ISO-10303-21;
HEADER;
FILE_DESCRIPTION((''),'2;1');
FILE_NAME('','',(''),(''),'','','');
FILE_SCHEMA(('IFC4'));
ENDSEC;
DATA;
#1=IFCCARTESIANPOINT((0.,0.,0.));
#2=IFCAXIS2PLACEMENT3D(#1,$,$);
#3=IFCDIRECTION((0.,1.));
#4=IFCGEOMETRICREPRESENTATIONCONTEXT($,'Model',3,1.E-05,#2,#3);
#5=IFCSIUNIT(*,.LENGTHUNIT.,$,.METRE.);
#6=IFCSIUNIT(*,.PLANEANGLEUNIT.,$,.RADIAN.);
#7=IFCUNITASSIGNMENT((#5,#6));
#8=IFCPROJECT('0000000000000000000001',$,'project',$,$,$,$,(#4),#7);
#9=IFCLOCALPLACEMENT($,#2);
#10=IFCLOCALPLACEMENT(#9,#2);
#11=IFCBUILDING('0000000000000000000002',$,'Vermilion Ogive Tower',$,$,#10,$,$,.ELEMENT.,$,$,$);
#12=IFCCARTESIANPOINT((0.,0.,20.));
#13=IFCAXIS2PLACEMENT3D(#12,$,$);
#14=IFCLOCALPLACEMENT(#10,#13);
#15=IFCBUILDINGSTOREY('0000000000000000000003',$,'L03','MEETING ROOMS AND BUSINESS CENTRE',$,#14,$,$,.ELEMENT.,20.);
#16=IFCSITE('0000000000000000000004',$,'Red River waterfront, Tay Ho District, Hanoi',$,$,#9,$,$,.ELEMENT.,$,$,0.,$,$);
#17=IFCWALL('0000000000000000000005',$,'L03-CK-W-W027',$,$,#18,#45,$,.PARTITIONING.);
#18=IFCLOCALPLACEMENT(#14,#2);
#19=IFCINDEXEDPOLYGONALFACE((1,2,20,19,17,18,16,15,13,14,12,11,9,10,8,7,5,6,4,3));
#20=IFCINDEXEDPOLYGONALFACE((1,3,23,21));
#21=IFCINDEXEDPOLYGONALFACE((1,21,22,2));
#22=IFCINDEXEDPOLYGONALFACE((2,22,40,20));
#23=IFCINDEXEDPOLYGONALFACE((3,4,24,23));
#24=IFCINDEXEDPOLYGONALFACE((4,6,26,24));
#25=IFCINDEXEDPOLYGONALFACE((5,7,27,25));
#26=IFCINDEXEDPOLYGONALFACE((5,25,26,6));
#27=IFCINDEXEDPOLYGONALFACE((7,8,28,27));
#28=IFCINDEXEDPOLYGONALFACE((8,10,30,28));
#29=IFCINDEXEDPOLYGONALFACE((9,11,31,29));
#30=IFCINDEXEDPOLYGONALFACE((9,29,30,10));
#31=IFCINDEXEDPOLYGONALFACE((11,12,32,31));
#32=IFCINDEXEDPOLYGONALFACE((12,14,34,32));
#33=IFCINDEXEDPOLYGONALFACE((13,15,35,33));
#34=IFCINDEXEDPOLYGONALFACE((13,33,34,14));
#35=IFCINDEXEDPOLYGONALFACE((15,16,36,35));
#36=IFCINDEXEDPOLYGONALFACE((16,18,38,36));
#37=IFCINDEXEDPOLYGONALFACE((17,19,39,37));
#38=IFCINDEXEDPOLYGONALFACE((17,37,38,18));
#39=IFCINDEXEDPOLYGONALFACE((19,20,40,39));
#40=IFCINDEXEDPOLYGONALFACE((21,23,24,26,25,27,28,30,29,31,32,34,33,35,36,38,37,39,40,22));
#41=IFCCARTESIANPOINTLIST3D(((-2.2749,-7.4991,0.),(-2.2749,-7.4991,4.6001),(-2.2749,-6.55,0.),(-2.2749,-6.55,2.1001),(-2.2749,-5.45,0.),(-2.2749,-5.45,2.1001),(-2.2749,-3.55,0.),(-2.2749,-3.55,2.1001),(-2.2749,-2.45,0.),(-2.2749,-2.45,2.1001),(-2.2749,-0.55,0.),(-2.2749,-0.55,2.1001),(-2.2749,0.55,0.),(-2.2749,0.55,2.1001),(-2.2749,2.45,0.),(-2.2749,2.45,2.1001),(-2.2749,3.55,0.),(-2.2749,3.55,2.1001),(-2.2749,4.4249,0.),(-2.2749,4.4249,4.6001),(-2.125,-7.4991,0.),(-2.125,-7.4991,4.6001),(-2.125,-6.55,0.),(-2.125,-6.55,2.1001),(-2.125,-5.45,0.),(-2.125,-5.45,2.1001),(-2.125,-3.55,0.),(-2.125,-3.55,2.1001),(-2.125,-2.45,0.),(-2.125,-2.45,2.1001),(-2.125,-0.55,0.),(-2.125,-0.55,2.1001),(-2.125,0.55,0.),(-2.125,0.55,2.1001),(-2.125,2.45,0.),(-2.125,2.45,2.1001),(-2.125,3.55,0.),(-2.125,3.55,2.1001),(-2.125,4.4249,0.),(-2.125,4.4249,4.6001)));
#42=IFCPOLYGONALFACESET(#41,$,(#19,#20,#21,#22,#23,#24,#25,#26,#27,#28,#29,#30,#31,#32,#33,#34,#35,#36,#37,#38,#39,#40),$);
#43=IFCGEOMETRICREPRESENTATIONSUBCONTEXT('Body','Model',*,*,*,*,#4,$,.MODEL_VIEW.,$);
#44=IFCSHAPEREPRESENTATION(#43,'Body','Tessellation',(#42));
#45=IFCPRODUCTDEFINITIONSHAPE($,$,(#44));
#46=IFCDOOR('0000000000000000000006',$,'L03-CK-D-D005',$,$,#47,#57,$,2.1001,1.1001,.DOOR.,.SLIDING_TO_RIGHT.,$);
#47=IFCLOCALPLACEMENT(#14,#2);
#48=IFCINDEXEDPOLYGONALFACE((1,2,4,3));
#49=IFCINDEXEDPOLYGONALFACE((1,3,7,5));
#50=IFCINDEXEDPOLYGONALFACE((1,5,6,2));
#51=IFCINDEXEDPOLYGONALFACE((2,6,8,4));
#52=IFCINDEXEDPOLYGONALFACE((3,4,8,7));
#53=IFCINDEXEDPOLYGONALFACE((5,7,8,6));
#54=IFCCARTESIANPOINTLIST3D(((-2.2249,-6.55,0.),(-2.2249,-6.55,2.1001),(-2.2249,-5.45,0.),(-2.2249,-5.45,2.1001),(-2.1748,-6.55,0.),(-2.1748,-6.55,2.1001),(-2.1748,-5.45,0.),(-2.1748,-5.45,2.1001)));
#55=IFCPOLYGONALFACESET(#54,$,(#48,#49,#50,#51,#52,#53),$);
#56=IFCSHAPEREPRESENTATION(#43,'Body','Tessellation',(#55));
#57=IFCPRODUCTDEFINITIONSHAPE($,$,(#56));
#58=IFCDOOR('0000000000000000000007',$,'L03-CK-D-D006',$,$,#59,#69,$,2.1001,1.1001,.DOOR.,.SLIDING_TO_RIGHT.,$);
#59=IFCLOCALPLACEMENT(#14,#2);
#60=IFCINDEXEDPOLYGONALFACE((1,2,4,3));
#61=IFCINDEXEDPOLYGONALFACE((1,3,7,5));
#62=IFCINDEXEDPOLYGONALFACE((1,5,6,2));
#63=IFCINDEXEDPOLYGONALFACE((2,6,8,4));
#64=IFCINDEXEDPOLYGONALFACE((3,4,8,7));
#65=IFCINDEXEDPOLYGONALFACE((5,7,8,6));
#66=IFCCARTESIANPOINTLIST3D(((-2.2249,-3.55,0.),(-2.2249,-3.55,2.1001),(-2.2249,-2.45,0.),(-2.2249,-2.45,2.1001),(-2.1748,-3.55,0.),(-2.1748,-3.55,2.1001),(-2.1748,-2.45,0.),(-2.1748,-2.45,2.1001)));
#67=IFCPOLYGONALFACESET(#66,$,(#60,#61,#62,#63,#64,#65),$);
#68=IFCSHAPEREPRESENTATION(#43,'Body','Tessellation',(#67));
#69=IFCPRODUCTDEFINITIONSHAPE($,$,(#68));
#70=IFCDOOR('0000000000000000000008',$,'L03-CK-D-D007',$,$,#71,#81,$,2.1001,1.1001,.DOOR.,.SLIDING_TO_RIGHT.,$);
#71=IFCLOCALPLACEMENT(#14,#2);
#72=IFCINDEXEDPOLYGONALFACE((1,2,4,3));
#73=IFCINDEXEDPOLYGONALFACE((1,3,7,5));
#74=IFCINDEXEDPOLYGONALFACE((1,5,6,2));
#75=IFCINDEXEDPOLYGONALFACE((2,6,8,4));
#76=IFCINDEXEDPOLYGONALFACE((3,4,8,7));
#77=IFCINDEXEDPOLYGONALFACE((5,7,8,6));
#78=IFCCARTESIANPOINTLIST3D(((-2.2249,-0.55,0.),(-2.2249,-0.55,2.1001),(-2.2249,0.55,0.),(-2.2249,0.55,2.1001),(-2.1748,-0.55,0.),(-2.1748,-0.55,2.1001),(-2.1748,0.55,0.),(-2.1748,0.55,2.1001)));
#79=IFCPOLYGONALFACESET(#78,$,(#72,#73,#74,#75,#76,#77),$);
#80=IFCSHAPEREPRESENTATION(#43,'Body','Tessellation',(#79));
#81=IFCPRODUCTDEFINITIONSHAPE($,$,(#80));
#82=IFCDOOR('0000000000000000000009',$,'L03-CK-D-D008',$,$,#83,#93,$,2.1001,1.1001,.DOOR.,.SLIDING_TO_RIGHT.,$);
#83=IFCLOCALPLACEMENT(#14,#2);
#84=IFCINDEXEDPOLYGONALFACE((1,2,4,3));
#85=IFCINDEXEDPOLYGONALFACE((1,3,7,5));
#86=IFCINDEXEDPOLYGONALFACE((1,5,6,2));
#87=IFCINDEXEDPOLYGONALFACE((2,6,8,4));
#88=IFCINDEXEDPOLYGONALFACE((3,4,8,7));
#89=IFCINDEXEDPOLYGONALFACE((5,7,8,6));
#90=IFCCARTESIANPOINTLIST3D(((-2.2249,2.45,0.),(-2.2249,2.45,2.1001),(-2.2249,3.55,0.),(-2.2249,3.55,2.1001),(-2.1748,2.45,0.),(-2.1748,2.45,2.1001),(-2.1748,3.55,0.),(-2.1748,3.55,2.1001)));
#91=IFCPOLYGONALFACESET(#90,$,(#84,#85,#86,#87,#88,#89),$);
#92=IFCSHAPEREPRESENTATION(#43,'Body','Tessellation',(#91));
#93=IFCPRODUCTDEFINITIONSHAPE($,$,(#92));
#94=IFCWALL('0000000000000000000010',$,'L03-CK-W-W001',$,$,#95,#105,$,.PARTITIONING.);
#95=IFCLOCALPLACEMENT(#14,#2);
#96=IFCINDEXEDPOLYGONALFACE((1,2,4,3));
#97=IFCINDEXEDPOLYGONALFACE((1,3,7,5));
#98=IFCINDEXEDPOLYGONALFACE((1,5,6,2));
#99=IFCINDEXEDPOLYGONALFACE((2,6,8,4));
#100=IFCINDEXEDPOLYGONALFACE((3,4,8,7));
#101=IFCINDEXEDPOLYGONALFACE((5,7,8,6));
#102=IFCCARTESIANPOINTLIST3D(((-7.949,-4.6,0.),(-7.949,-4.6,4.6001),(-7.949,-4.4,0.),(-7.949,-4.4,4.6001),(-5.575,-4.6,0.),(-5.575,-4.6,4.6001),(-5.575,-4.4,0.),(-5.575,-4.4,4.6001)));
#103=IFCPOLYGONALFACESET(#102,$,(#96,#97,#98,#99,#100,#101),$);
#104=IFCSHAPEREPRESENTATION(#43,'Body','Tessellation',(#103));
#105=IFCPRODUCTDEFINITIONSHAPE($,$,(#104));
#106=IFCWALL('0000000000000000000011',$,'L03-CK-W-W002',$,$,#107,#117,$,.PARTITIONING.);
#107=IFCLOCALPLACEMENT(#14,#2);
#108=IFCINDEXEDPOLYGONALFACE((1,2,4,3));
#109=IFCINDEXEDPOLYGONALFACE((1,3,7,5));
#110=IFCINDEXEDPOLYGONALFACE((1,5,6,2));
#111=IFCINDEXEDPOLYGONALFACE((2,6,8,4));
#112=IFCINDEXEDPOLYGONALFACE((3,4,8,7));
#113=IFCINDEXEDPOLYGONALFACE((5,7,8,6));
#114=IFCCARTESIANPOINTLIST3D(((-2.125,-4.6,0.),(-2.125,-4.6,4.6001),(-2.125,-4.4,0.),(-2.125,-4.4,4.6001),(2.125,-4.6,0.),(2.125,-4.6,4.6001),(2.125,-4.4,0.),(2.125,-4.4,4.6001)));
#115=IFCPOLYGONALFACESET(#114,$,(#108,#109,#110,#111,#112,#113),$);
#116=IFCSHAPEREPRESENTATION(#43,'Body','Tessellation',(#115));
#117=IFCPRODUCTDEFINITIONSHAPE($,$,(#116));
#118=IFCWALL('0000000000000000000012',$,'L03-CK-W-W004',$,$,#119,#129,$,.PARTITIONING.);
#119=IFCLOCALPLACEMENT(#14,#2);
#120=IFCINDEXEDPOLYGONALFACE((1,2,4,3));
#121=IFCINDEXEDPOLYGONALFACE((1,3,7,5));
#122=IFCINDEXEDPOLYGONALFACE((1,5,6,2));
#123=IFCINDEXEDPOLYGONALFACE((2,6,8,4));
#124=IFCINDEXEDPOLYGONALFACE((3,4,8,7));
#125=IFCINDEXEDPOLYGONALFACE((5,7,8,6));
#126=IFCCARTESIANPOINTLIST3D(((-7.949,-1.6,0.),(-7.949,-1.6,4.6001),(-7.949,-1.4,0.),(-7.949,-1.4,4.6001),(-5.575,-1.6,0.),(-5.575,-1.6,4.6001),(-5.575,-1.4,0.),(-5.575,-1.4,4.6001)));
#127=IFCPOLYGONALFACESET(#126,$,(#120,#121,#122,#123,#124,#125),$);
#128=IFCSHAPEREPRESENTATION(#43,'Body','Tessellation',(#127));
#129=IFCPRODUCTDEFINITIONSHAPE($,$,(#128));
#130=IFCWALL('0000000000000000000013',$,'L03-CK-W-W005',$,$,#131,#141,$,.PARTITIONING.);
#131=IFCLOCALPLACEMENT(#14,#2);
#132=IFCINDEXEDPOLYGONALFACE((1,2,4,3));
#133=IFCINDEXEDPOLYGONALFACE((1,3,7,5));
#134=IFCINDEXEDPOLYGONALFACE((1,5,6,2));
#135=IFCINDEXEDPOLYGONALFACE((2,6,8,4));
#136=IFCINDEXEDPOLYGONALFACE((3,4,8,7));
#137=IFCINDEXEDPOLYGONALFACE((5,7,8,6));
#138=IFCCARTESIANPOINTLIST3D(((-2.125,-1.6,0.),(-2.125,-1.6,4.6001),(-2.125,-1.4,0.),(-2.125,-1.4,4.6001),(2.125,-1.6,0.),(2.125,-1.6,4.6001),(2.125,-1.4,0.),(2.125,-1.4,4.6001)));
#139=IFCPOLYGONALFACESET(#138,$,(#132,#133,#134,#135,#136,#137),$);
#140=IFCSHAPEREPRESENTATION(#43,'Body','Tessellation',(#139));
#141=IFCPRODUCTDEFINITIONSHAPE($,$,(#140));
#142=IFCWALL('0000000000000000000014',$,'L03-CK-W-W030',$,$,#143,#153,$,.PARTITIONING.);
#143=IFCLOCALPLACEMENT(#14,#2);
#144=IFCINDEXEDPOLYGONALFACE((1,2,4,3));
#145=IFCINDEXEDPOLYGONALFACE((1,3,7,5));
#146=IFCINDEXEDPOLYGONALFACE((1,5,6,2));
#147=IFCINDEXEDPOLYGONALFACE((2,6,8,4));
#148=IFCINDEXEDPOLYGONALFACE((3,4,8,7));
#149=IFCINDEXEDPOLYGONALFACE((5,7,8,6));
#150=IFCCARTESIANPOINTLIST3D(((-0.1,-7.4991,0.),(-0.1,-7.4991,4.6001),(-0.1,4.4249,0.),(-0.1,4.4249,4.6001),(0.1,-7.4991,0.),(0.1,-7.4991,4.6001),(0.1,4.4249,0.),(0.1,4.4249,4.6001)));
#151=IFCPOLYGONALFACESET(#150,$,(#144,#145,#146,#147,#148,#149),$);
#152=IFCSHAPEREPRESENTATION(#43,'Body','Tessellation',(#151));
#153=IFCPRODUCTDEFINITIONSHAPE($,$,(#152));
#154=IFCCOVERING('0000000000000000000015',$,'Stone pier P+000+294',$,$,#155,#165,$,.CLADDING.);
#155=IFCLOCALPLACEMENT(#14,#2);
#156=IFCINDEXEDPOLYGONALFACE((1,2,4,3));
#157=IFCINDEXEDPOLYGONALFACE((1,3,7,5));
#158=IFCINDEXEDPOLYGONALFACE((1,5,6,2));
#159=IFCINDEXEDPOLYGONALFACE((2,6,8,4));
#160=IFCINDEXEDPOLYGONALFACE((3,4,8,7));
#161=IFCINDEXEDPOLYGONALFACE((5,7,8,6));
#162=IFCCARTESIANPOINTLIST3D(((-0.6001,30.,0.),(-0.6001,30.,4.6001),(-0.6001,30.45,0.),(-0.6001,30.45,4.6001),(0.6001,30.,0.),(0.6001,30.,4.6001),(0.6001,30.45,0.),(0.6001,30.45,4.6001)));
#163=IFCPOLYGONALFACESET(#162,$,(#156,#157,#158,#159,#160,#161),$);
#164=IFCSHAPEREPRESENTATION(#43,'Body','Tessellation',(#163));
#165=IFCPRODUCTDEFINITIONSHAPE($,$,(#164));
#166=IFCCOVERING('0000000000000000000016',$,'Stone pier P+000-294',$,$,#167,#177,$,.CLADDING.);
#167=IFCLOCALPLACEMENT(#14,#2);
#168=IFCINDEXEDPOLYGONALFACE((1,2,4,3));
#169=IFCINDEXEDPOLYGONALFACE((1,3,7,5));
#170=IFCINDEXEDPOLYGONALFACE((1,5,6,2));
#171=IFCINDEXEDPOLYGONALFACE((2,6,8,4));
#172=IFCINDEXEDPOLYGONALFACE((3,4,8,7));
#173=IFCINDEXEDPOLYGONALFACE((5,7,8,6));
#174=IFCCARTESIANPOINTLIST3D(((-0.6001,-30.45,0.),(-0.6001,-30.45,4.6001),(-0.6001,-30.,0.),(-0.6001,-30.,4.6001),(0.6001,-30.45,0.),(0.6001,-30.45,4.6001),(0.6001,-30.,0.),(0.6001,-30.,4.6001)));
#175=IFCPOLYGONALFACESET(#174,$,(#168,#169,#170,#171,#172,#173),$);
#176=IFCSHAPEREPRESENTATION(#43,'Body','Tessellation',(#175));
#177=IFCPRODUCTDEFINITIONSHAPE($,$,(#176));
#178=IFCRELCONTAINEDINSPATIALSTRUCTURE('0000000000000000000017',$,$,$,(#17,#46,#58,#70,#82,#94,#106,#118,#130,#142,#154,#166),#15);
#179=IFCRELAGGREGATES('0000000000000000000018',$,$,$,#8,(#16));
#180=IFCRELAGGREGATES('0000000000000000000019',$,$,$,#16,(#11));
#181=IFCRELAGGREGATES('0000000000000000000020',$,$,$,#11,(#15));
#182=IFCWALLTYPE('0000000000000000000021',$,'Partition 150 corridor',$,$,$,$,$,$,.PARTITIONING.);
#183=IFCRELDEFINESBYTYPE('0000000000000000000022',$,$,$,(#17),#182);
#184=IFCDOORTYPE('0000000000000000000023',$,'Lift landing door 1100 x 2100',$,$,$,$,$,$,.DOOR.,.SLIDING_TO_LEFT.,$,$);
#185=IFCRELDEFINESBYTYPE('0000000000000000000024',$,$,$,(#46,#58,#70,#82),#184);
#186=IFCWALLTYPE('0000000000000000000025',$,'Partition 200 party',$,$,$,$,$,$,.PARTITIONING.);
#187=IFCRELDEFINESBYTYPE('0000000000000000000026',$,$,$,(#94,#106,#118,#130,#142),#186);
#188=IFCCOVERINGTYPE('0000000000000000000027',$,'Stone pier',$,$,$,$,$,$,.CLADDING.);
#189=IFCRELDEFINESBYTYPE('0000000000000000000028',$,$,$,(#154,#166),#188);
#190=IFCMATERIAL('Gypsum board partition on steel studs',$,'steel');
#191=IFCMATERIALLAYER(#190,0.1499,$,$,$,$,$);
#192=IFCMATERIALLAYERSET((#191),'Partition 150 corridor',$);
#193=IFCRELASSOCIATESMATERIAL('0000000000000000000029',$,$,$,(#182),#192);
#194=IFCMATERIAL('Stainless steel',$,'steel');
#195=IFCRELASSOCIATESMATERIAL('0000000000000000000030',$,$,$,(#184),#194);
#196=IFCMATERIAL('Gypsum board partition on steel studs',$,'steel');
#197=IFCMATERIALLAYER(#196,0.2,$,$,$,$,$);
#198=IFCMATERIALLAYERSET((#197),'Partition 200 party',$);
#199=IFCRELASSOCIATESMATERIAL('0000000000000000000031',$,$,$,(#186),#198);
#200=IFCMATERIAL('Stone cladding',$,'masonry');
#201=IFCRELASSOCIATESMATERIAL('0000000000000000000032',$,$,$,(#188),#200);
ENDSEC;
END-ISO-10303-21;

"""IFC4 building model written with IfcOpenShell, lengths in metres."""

from ifc_helpers import new_model, si_unit, direction, frame, frame_2d, origin, place, context, subcontext, project, spatial, polyline, rectangle, outline, extrude, material, layer, layer_set, type_object, element, fill, save


model = new_model("IFC4")

# Units and contexts
model_context = context("Model", 3, precision=1e-05, world=origin(), true_north=direction((0.0, 1.0)))
body_context = subcontext(model_context, "Body", "Model", "MODEL_VIEW")
ifc_project = project(units=[si_unit("LENGTHUNIT", "METRE"), si_unit("PLANEANGLEUNIT", "RADIAN")], contexts=[model_context])

# Site, building, storey
site_placement = place(None, origin())
site = spatial("IfcSite", under=ifc_project, at=site_placement, Name="Red River waterfront, Tay Ho District, Hanoi", CompositionType="ELEMENT", RefElevation=0.0)
building_placement = place(site_placement, origin())
building = spatial("IfcBuilding", under=site, at=building_placement, Name="Vermilion Ogive Tower", CompositionType="ELEMENT")
storey_placement = place(building_placement, frame((0.0, 0.0, 20.0)))
storey = spatial("IfcBuildingStorey", under=building, at=storey_placement, Name="L03", Description="MEETING ROOMS AND BUSINESS CENTRE", CompositionType="ELEMENT", Elevation=20.0)

# Shared definitions
ifc_material_1 = material(Name="Gypsum board partition on steel studs", Category="steel")
ifc_layer_1 = layer(ifc_material_1, 0.1499)
ifc_layer_set_1 = layer_set([ifc_layer_1], Name="Partition 150 corridor")
wall_type_1 = type_object("IfcWallType", Name="Partition 150 corridor", PredefinedType="PARTITIONING", material=ifc_layer_set_1)

# Wall, openings, doors
ifc_material_2 = material(Name="Stainless steel", Category="steel")
door_type_1 = type_object("IfcDoorType", Name="Lift landing door 1100 x 2100", OperationType="SLIDING_TO_LEFT", PredefinedType="DOOR", material=ifc_material_2)
wall_1_placement = place(storey_placement, frame((-2.2, -7.499, 0.0), z_axis=(0.0, 0.0, 1.0), x_axis=(0.0, 1.0, 0.0)))
wall_1 = element("IfcWall", 1, at=wall_1_placement, inside=storey, type_object=wall_type_1, Name="L03-CK-W-W027", PredefinedType="PARTITIONING", context=body_context, shape_type="SweptSolid", body=[
    extrude(rectangle(XDim=11.9241, YDim=0.1499, at=frame_2d((5.9619, 0.0))), origin(), (0.0, 0.0, 1.0), 4.6001),
])
opening_1_placement = place(wall_1_placement, frame((0.949, 0.0, 0.0)))
opening_1 = element("IfcOpeningElement", 2, at=opening_1_placement, cuts=wall_1, PredefinedType="OPENING", context=body_context, shape_type="SweptSolid", body=[
    extrude(rectangle(XDim=1.1001, YDim=2.1001, at=frame_2d((0.55, 1.05))), frame((0.0, 0.085, 0.0), z_axis=(0.0, -1.0, 0.0), x_axis=(1.0, 0.0, 0.0)), (0.0, 0.0, 1.0), 0.1699),
])
opening_2_placement = place(wall_1_placement, frame((3.949, 0.0, 0.0)))
opening_2 = element("IfcOpeningElement", 3, at=opening_2_placement, cuts=wall_1, PredefinedType="OPENING", context=body_context, shape_type="SweptSolid", body=[
    extrude(rectangle(XDim=1.1001, YDim=2.1001, at=frame_2d((0.55, 1.05))), frame((0.0, 0.085, 0.0), z_axis=(0.0, -1.0, 0.0), x_axis=(1.0, 0.0, 0.0)), (0.0, 0.0, 1.0), 0.1699),
])
opening_3_placement = place(wall_1_placement, frame((6.949, 0.0, 0.0)))
opening_3 = element("IfcOpeningElement", 4, at=opening_3_placement, cuts=wall_1, PredefinedType="OPENING", context=body_context, shape_type="SweptSolid", body=[
    extrude(rectangle(XDim=1.1001, YDim=2.1001, at=frame_2d((0.55, 1.05))), frame((0.0, 0.085, 0.0), z_axis=(0.0, -1.0, 0.0), x_axis=(1.0, 0.0, 0.0)), (0.0, 0.0, 1.0), 0.1699),
])
opening_4_placement = place(wall_1_placement, frame((9.949, 0.0, 0.0)))
opening_4 = element("IfcOpeningElement", 5, at=opening_4_placement, cuts=wall_1, PredefinedType="OPENING", context=body_context, shape_type="SweptSolid", body=[
    extrude(rectangle(XDim=1.1001, YDim=2.1001, at=frame_2d((0.55, 1.05))), frame((0.0, 0.085, 0.0), z_axis=(0.0, -1.0, 0.0), x_axis=(1.0, 0.0, 0.0)), (0.0, 0.0, 1.0), 0.1699),
])
door_1_placement = place(opening_1_placement, origin())
door_1 = element("IfcDoor", 6, at=door_1_placement, inside=storey, type_object=door_type_1, Name="L03-CK-D-D005", OperationType="SLIDING_TO_RIGHT", OverallHeight=2.1001, OverallWidth=1.1001, PredefinedType="DOOR", context=body_context, shape_type="SweptSolid", body=[
    extrude(rectangle(XDim=1.1001, YDim=2.1001, at=frame_2d((0.55, 1.05))), frame((0.0, 0.0249, 0.0), z_axis=(0.0, -1.0, 0.0), x_axis=(1.0, 0.0, 0.0)), (0.0, 0.0, 1.0), 0.05),
])
fill(opening_1, door_1)
door_2_placement = place(opening_2_placement, origin())
door_2 = element("IfcDoor", 7, at=door_2_placement, inside=storey, type_object=door_type_1, Name="L03-CK-D-D006", OperationType="SLIDING_TO_RIGHT", OverallHeight=2.1001, OverallWidth=1.1001, PredefinedType="DOOR", context=body_context, shape_type="SweptSolid", body=[
    extrude(rectangle(XDim=1.1001, YDim=2.1001, at=frame_2d((0.55, 1.05))), frame((0.0, 0.0249, 0.0), z_axis=(0.0, -1.0, 0.0), x_axis=(1.0, 0.0, 0.0)), (0.0, 0.0, 1.0), 0.05),
])
fill(opening_2, door_2)
door_3_placement = place(opening_3_placement, origin())
door_3 = element("IfcDoor", 8, at=door_3_placement, inside=storey, type_object=door_type_1, Name="L03-CK-D-D007", OperationType="SLIDING_TO_RIGHT", OverallHeight=2.1001, OverallWidth=1.1001, PredefinedType="DOOR", context=body_context, shape_type="SweptSolid", body=[
    extrude(rectangle(XDim=1.1001, YDim=2.1001, at=frame_2d((0.55, 1.05))), frame((0.0, 0.0249, 0.0), z_axis=(0.0, -1.0, 0.0), x_axis=(1.0, 0.0, 0.0)), (0.0, 0.0, 1.0), 0.05),
])
fill(opening_3, door_3)
door_4_placement = place(opening_4_placement, origin())
door_4 = element("IfcDoor", 9, at=door_4_placement, inside=storey, type_object=door_type_1, Name="L03-CK-D-D008", OperationType="SLIDING_TO_RIGHT", OverallHeight=2.1001, OverallWidth=1.1001, PredefinedType="DOOR", context=body_context, shape_type="SweptSolid", body=[
    extrude(rectangle(XDim=1.1001, YDim=2.1001, at=frame_2d((0.55, 1.05))), frame((0.0, 0.0249, 0.0), z_axis=(0.0, -1.0, 0.0), x_axis=(1.0, 0.0, 0.0)), (0.0, 0.0, 1.0), 0.05),
])
fill(opening_4, door_4)

# Walls
ifc_material_3 = material(Name="Gypsum board partition on steel studs", Category="steel")
ifc_layer_2 = layer(ifc_material_3, 0.2)
ifc_layer_set_2 = layer_set([ifc_layer_2], Name="Partition 200 party")
wall_type_2 = type_object("IfcWallType", Name="Partition 200 party", PredefinedType="PARTITIONING", material=ifc_layer_set_2)
wall_2_placement = place(storey_placement, frame((-7.949, -4.5, 0.0), z_axis=(0.0, 0.0, 1.0), x_axis=(1.0, 0.0, 0.0)))
element("IfcWall", 10, at=wall_2_placement, inside=storey, type_object=wall_type_2, Name="L03-CK-W-W001", PredefinedType="PARTITIONING", context=body_context, shape_type="SweptSolid", body=[
    extrude(rectangle(XDim=2.374, YDim=0.2, at=frame_2d((1.187, 0.0))), origin(), (0.0, 0.0, 1.0), 4.6001),
])
wall_3_placement = place(storey_placement, frame((-2.125, -4.5, 0.0), z_axis=(0.0, 0.0, 1.0), x_axis=(1.0, 0.0, 0.0)))
element("IfcWall", 11, at=wall_3_placement, inside=storey, type_object=wall_type_2, Name="L03-CK-W-W002", PredefinedType="PARTITIONING", context=body_context, shape_type="SweptSolid", body=[
    extrude(rectangle(XDim=4.25, YDim=0.2, at=frame_2d((2.125, 0.0))), origin(), (0.0, 0.0, 1.0), 4.6001),
])
wall_4_placement = place(storey_placement, frame((-7.949, -1.5, 0.0), z_axis=(0.0, 0.0, 1.0), x_axis=(1.0, 0.0, 0.0)))
element("IfcWall", 12, at=wall_4_placement, inside=storey, type_object=wall_type_2, Name="L03-CK-W-W004", PredefinedType="PARTITIONING", context=body_context, shape_type="SweptSolid", body=[
    extrude(rectangle(XDim=2.374, YDim=0.2, at=frame_2d((1.187, 0.0))), origin(), (0.0, 0.0, 1.0), 4.6001),
])
wall_5_placement = place(storey_placement, frame((-2.125, -1.5, 0.0), z_axis=(0.0, 0.0, 1.0), x_axis=(1.0, 0.0, 0.0)))
element("IfcWall", 13, at=wall_5_placement, inside=storey, type_object=wall_type_2, Name="L03-CK-W-W005", PredefinedType="PARTITIONING", context=body_context, shape_type="SweptSolid", body=[
    extrude(rectangle(XDim=4.25, YDim=0.2, at=frame_2d((2.125, 0.0))), origin(), (0.0, 0.0, 1.0), 4.6001),
])
wall_6_placement = place(storey_placement, frame((0.0, -7.499, 0.0), z_axis=(0.0, 0.0, 1.0), x_axis=(0.0, 1.0, 0.0)))
element("IfcWall", 14, at=wall_6_placement, inside=storey, type_object=wall_type_2, Name="L03-CK-W-W030", PredefinedType="PARTITIONING", context=body_context, shape_type="SweptSolid", body=[
    extrude(rectangle(XDim=11.9241, YDim=0.2, at=frame_2d((5.9619, 0.0))), origin(), (0.0, 0.0, 1.0), 4.6001),
])

# Coverings
ifc_material_4 = material(Name="Stone cladding", Category="masonry")
covering_type = type_object("IfcCoveringType", Name="Stone pier", PredefinedType="CLADDING", material=ifc_material_4)
covering_1_placement = place(storey_placement, origin())
element("IfcCovering", 15, at=covering_1_placement, inside=storey, type_object=covering_type, Name="Stone pier P+000+294", PredefinedType="CLADDING", context=body_context, shape_type="SweptSolid", body=[
    extrude(outline(polyline([(-0.6001, 30.0), (-0.6001, 30.0), (-0.6001, 30.45), (0.6001, 30.45), (0.6001, 30.0), (0.6001, 30.0), (-0.6001, 30.0)])), origin(), (0.0, 0.0, 1.0), 4.6001),
])
covering_2_placement = place(storey_placement, origin())
element("IfcCovering", 16, at=covering_2_placement, inside=storey, type_object=covering_type, Name="Stone pier P+000-294", PredefinedType="CLADDING", context=body_context, shape_type="SweptSolid", body=[
    extrude(outline(polyline([(0.6001, -30.0), (0.6001, -30.0), (0.6001, -30.45), (-0.6001, -30.45), (-0.6001, -30.0), (-0.6001, -30.0), (0.6001, -30.0)])), origin(), (0.0, 0.0, 1.0), 4.6001),
])

save(model, "model.ifc")
